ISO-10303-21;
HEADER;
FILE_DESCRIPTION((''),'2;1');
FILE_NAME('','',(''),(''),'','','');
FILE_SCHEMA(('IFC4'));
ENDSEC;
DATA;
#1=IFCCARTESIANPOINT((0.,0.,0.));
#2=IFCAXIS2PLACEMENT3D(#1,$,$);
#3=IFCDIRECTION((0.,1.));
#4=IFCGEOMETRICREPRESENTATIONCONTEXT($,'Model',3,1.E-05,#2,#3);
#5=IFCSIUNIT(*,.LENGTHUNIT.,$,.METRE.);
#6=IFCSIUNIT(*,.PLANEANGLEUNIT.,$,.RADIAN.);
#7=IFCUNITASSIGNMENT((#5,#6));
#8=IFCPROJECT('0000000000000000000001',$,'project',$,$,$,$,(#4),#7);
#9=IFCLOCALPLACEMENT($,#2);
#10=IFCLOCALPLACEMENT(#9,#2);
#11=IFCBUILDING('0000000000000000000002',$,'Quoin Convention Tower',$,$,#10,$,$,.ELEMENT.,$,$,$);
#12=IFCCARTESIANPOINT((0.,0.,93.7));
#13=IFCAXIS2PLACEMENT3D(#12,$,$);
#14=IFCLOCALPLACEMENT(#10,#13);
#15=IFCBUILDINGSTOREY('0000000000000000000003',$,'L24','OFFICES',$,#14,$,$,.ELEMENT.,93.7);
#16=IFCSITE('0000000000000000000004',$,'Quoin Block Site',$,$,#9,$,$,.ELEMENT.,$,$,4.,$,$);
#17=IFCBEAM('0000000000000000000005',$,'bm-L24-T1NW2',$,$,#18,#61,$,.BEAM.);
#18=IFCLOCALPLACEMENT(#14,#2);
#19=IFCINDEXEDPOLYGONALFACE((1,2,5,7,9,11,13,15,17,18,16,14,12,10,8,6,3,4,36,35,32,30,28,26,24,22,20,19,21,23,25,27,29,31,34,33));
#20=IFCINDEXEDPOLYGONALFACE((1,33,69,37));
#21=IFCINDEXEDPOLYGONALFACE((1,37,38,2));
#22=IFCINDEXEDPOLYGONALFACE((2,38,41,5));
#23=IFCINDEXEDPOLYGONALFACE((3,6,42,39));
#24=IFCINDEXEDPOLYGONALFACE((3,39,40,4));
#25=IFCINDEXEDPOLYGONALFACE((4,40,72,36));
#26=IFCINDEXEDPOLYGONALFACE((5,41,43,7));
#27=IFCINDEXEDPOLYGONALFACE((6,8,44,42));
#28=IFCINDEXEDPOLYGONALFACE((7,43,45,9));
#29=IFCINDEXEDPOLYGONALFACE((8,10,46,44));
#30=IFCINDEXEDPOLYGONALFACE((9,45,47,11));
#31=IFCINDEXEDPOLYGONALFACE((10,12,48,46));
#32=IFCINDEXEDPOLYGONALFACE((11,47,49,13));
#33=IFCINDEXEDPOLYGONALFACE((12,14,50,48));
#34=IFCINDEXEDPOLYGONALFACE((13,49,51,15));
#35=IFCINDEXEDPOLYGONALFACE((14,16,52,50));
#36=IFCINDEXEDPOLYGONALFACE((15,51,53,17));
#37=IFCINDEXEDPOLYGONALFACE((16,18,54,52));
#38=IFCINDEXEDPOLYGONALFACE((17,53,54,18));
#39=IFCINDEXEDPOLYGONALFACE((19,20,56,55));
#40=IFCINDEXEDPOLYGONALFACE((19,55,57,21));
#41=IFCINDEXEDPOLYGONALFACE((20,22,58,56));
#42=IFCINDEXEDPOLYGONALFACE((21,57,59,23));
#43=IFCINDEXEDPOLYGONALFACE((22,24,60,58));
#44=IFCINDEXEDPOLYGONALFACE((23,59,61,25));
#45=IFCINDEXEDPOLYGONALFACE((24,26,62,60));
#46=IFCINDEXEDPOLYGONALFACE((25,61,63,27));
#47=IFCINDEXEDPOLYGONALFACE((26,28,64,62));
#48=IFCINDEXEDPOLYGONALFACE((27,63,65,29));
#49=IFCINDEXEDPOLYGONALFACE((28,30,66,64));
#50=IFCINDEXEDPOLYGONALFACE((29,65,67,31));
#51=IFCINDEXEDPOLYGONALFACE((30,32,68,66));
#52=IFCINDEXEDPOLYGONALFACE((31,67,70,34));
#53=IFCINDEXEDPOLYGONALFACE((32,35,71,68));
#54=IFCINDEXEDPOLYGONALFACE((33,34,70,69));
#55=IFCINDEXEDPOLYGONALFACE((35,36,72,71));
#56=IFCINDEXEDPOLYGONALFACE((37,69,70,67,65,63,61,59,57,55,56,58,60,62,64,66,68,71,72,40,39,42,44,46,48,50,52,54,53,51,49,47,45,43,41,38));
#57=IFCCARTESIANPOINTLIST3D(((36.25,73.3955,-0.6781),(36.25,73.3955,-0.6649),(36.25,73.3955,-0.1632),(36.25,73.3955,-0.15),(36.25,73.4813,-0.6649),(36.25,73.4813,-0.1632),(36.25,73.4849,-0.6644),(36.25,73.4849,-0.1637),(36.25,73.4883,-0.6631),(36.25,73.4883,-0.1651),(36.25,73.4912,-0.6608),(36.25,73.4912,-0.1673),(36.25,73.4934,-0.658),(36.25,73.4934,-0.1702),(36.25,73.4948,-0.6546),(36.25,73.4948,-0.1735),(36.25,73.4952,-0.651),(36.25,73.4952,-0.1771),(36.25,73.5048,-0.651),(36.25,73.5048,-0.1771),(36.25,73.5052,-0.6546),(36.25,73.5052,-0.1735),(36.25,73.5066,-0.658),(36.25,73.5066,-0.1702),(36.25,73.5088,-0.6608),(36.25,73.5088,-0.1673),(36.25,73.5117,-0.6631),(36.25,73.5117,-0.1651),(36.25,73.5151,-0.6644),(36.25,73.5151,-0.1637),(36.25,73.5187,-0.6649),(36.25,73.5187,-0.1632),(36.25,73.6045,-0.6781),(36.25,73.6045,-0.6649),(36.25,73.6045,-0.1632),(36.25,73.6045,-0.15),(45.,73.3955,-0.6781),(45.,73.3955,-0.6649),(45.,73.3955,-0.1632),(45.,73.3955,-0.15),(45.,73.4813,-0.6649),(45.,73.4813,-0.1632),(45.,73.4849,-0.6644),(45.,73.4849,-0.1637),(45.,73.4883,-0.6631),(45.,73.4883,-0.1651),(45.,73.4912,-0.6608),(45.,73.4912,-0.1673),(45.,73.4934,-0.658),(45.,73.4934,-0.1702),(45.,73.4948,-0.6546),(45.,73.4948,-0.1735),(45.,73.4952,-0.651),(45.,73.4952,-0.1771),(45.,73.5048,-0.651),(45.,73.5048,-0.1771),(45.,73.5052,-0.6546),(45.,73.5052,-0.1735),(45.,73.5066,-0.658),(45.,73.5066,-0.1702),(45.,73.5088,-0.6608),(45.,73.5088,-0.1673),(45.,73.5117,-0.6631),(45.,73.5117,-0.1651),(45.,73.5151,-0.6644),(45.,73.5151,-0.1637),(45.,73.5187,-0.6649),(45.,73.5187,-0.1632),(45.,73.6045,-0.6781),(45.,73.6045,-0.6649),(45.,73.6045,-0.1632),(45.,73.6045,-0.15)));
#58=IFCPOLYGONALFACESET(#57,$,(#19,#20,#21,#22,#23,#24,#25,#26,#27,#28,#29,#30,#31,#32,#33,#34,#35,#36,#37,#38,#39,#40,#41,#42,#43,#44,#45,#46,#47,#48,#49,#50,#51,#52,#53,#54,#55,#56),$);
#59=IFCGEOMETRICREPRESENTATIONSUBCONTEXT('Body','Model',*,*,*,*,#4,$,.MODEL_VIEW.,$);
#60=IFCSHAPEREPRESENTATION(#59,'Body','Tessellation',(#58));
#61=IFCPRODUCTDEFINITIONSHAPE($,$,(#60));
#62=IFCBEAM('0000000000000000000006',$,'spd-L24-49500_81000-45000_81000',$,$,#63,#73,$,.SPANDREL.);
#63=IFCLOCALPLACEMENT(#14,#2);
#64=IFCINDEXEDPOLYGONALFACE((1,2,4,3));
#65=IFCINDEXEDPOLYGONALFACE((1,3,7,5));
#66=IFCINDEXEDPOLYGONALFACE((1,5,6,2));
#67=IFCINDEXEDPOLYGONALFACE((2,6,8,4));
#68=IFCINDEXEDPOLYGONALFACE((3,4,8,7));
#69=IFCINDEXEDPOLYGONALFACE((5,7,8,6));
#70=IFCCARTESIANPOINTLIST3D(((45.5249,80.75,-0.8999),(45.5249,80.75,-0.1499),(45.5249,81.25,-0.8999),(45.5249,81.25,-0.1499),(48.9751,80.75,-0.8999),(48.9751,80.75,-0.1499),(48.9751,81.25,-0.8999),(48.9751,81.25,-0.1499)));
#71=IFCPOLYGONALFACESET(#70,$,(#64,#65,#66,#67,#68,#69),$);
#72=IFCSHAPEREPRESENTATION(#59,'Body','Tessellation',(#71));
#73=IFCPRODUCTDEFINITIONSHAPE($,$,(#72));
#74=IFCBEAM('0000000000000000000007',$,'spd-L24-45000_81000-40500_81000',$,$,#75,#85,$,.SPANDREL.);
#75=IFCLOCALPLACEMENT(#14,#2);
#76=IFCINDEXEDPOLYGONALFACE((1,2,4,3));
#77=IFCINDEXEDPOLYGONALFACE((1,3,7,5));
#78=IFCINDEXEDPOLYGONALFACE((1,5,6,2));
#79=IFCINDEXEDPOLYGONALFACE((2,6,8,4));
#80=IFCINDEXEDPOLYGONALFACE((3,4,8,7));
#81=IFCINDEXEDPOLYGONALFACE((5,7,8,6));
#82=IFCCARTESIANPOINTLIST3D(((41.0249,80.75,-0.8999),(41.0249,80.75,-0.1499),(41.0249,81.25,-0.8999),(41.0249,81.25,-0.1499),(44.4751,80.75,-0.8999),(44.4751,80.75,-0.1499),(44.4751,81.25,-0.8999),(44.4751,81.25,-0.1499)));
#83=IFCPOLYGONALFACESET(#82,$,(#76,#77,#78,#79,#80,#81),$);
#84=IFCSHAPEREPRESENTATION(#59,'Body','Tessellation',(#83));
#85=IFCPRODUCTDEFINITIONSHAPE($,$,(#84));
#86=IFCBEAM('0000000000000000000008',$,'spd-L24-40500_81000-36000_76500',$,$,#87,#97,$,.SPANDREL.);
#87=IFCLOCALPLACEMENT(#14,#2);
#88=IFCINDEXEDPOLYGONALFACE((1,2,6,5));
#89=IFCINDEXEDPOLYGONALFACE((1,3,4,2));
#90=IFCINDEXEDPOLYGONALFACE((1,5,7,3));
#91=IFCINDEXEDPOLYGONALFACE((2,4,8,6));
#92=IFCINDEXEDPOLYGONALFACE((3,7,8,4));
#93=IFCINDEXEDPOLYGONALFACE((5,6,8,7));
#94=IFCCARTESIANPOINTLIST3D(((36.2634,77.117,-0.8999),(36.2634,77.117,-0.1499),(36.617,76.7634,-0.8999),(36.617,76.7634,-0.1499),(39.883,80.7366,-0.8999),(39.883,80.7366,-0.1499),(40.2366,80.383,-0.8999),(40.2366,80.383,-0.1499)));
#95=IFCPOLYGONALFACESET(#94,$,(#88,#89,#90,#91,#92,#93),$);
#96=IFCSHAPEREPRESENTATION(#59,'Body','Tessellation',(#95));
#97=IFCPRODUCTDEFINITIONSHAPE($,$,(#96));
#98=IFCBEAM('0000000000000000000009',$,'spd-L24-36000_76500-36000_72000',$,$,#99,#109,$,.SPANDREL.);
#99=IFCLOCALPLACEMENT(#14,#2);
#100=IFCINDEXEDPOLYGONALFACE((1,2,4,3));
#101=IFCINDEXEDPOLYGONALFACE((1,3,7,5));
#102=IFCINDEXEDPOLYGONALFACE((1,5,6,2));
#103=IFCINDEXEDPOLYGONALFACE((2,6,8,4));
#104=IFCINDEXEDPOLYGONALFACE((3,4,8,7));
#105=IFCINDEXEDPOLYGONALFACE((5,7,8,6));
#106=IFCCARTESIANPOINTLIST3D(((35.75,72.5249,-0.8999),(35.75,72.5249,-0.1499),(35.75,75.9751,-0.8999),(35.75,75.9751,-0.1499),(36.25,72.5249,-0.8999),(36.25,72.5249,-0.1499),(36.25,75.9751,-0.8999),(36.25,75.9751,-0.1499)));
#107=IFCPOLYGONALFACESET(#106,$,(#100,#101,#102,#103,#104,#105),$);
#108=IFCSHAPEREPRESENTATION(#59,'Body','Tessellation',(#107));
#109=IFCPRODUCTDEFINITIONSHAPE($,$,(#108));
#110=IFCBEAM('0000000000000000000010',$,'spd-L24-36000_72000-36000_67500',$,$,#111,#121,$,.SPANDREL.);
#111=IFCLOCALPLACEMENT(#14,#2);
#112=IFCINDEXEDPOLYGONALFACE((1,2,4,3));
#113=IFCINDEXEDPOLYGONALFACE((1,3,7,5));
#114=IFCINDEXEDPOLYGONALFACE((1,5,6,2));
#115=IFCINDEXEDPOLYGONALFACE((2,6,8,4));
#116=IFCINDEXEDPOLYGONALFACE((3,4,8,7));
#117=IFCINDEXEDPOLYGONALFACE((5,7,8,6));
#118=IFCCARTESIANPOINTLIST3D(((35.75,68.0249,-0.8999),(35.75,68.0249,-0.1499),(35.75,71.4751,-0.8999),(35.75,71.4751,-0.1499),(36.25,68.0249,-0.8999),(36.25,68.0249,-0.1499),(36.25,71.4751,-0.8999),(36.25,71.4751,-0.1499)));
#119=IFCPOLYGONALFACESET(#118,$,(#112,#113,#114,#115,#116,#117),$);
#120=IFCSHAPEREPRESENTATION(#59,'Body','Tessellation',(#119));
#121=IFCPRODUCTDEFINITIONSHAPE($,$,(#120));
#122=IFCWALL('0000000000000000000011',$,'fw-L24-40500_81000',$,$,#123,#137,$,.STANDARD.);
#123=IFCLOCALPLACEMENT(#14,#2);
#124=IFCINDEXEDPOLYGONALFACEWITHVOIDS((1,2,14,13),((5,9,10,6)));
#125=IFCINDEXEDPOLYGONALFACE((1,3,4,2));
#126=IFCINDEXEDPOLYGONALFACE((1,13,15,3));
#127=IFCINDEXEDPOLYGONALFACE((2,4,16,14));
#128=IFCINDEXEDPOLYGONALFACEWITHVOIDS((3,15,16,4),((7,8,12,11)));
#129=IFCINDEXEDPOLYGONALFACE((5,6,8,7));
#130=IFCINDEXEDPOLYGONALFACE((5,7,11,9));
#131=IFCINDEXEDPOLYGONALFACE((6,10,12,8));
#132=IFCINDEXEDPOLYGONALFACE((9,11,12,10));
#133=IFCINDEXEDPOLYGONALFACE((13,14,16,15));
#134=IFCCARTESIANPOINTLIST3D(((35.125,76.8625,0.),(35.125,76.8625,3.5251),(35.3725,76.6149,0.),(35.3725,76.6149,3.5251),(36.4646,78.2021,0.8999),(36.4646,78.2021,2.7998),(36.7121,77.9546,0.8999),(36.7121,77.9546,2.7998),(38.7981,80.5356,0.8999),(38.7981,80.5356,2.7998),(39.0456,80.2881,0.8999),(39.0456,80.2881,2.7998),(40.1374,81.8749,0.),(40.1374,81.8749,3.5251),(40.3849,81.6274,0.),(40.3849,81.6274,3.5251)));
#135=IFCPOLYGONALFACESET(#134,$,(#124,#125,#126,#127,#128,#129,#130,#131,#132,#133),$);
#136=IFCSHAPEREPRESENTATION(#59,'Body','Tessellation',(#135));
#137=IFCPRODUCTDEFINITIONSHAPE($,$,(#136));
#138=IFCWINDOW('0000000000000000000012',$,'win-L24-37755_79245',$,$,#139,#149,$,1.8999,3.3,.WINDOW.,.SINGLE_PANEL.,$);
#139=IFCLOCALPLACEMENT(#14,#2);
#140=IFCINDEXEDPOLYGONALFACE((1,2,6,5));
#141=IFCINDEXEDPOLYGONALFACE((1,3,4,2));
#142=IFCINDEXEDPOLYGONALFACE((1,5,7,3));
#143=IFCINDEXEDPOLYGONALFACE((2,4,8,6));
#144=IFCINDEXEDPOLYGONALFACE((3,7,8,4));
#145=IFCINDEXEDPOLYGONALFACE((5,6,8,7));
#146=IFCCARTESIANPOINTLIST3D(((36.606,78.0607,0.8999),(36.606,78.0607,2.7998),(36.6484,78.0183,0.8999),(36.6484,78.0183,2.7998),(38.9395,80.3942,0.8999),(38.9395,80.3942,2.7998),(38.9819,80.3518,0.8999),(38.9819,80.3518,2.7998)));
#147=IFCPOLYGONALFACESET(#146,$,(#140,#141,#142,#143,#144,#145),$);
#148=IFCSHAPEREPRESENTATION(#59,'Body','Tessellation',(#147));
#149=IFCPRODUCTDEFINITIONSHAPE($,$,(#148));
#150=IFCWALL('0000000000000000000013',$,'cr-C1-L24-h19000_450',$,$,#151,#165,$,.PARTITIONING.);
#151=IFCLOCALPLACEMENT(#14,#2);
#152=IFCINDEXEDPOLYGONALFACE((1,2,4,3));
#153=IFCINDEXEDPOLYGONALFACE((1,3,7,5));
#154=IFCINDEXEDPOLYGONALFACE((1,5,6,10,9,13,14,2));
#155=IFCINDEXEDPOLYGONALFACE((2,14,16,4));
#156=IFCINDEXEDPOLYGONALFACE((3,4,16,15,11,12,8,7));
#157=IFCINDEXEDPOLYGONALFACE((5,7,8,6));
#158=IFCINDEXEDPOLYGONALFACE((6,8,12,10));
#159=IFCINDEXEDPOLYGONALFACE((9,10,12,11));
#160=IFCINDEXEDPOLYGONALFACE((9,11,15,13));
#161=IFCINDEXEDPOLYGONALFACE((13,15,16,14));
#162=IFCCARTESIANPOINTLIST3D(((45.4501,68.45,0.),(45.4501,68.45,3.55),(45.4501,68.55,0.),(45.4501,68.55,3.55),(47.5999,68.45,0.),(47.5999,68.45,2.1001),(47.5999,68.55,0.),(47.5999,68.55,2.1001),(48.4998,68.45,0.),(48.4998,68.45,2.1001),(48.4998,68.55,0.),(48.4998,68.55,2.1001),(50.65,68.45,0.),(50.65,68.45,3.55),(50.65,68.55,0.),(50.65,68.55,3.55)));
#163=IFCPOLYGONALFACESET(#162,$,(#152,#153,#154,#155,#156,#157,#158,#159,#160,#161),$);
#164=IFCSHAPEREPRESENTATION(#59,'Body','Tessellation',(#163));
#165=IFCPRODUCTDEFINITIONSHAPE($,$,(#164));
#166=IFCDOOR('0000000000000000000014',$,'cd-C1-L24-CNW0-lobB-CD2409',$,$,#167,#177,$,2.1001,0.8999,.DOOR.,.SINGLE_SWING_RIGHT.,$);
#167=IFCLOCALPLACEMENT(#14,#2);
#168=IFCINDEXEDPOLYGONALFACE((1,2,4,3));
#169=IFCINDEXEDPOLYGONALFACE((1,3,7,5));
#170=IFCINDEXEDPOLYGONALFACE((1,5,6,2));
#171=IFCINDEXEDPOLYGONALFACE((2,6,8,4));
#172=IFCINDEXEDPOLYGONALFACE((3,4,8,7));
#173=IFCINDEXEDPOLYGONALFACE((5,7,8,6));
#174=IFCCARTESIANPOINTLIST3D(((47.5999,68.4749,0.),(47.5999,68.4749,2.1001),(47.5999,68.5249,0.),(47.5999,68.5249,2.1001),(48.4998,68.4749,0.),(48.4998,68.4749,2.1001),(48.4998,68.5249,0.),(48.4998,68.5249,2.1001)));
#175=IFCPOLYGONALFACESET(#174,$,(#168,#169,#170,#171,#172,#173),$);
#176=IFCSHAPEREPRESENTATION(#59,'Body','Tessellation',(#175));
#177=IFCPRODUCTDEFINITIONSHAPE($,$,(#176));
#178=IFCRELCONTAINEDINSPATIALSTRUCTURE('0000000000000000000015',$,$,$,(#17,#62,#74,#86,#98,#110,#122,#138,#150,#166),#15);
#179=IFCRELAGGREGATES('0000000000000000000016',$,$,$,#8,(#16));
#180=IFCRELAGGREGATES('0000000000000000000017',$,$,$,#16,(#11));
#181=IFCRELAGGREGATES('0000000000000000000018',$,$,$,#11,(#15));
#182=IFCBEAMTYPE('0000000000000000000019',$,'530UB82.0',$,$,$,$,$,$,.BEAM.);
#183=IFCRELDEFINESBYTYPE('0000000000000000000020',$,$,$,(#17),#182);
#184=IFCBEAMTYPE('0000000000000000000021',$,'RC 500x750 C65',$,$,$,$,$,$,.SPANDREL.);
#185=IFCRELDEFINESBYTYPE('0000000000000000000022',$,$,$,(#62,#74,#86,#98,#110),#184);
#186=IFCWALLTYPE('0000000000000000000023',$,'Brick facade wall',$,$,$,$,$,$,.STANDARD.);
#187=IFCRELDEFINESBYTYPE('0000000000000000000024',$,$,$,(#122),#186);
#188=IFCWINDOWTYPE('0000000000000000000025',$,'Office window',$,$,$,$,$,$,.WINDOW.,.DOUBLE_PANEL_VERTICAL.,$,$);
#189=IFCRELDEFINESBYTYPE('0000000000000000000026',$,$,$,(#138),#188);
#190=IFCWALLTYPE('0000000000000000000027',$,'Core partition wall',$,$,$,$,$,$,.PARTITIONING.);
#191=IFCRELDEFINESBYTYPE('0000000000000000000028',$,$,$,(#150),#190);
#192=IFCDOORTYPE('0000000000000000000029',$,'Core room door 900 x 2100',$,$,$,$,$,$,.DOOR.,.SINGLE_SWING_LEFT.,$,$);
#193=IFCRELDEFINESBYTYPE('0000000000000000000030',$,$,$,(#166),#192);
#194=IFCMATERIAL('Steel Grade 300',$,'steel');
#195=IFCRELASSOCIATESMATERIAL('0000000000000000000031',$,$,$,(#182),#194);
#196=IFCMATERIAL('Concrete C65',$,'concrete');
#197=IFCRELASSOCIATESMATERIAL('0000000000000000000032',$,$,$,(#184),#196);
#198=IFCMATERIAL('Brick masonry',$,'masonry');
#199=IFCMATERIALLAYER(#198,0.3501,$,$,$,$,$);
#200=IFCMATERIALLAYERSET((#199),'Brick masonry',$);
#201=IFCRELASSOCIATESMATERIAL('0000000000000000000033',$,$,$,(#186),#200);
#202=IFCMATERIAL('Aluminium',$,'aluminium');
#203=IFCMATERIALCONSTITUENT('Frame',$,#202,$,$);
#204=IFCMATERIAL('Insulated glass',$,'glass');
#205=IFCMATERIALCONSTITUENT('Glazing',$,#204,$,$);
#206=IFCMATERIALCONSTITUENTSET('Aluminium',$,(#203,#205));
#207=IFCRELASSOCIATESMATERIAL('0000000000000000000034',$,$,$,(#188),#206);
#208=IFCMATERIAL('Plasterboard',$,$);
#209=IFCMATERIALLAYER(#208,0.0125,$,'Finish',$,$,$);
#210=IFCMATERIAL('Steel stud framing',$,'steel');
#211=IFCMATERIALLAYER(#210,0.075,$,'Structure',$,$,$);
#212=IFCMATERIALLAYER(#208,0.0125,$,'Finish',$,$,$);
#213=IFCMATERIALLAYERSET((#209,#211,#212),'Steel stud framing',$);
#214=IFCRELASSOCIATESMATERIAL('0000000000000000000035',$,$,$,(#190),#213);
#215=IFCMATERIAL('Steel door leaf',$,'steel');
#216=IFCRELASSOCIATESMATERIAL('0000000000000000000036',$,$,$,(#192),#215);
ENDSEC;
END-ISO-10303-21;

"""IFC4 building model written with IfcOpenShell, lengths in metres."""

from ifc_helpers import new_model, si_unit, direction, frame, frame_2d, origin, origin_2d, place, context, subcontext, project, spatial, rectangle, i_section, extrude, material, layer, layer_set, constituent, constituent_set, material_profile, profile_set, type_object, element, fill, save


model = new_model("IFC4")

# Units and contexts
model_context = context("Model", 3, precision=1e-05, world=origin(), true_north=direction((0.0, 1.0)))
body_context = subcontext(model_context, "Body", "Model", "MODEL_VIEW")
ifc_project = project(units=[si_unit("LENGTHUNIT", "METRE"), si_unit("PLANEANGLEUNIT", "RADIAN")], contexts=[model_context])

# Site, building, storey
site_placement = place(None, origin())
site = spatial("IfcSite", under=ifc_project, at=site_placement, Name="Quoin Block Site", CompositionType="ELEMENT", RefElevation=4.0)
building_placement = place(site_placement, origin())
building = spatial("IfcBuilding", under=site, at=building_placement, Name="Quoin Convention Tower", CompositionType="ELEMENT")
storey_placement = place(building_placement, frame((0.0, 0.0, 93.7)))
storey = spatial("IfcBuildingStorey", under=building, at=storey_placement, Name="L24", Description="OFFICES", CompositionType="ELEMENT", Elevation=93.7)

# Shared definitions
ifc_material_1 = material(Name="Concrete C65", Category="concrete")

# Beams
ifc_material_2 = material(Name="Steel Grade 300", Category="steel")
ifc_material_profile_1 = material_profile(ifc_material_2, i_section(OverallWidth=0.209, OverallDepth=0.5281, WebThickness=0.0095, FlangeThickness=0.0132, FilletRadius=0.0139, at=origin_2d()), Name="530UB82.0")
ifc_profile_set_1 = profile_set([ifc_material_profile_1], Name="Steel Grade 300")
beam_type_1 = type_object("IfcBeamType", Name="530UB82.0", PredefinedType="BEAM", material=ifc_profile_set_1)
beam_1_placement = place(storey_placement, frame((36.25, 73.5, -0.4141), z_axis=(1.0, 0.0, 0.0), x_axis=(0.0, 1.0, 0.0)))
element("IfcBeam", 1, at=beam_1_placement, inside=storey, type_object=beam_type_1, Name="bm-L24-T1NW2", PredefinedType="BEAM", context=body_context, shape_type="SweptSolid", body=[
    extrude(i_section(OverallWidth=0.209, OverallDepth=0.5281, WebThickness=0.0095, FlangeThickness=0.0132, FilletRadius=0.0139, at=origin_2d()), origin(), (0.0, 0.0, 1.0), 8.75),
])
ifc_material_profile_2 = material_profile(ifc_material_1, rectangle(XDim=0.5, YDim=0.75, at=origin_2d()), Name="RC 500x750")
ifc_profile_set_2 = profile_set([ifc_material_profile_2], Name="Concrete C65")
beam_type_2 = type_object("IfcBeamType", Name="RC 500x750 C65", PredefinedType="SPANDREL", material=ifc_profile_set_2)
for number, where, z_axis, x_axis, name in (
    (2, (48.9751, 81.0, -0.5249), (-1.0, 0.0, 0.0), (0.0, -1.0, 0.0), "spd-L24-49500_81000-45000_81000"),
    (3, (44.4751, 81.0, -0.5249), (-1.0, 0.0, 0.0), (0.0, -1.0, 0.0), "spd-L24-45000_81000-40500_81000"),
):
    element("IfcBeam", number, at=place(storey_placement, frame(where, z_axis=z_axis, x_axis=x_axis)), inside=storey, type_object=beam_type_2, Name=name, PredefinedType="SPANDREL", context=body_context, shape_type="SweptSolid", body=[
        extrude(rectangle(XDim=0.5, YDim=0.75, at=origin_2d()), origin(), (0.0, 0.0, 1.0), 3.4502),
    ])
beam_2_placement = place(storey_placement, frame((40.0598, 80.5598, -0.5249), z_axis=(-0.707107, -0.707107, 0.0), x_axis=(0.707107, -0.707107, 0.0)))
element("IfcBeam", 4, at=beam_2_placement, inside=storey, type_object=beam_type_2, Name="spd-L24-40500_81000-36000_76500", PredefinedType="SPANDREL", context=body_context, shape_type="SweptSolid", body=[
    extrude(rectangle(XDim=0.5, YDim=0.75, at=origin_2d()), origin(), (0.0, 0.0, 1.0), 5.1189),
])
for number, where, z_axis, x_axis, name in (
    (5, (36.0, 75.9751, -0.5249), (0.0, -1.0, 0.0), (1.0, 0.0, 0.0), "spd-L24-36000_76500-36000_72000"),
    (6, (36.0, 71.4751, -0.5249), (0.0, -1.0, 0.0), (1.0, 0.0, 0.0), "spd-L24-36000_72000-36000_67500"),
):
    element("IfcBeam", number, at=place(storey_placement, frame(where, z_axis=z_axis, x_axis=x_axis)), inside=storey, type_object=beam_type_2, Name=name, PredefinedType="SPANDREL", context=body_context, shape_type="SweptSolid", body=[
        extrude(rectangle(XDim=0.5, YDim=0.75, at=origin_2d()), origin(), (0.0, 0.0, 1.0), 3.4502),
    ])

# Wall, opening, window
ifc_material_3 = material(Name="Brick masonry", Category="masonry")
ifc_layer_1 = layer(ifc_material_3, 0.3501)
ifc_layer_set_1 = layer_set([ifc_layer_1], Name="Brick masonry")
wall_type_1 = type_object("IfcWallType", Name="Brick facade wall", PredefinedType="STANDARD", material=ifc_layer_set_1)
wall_1_placement = place(storey_placement, frame((40.2612, 81.7512, 0.0), z_axis=(0.0, 0.0, 1.0), x_axis=(-0.707107, -0.707107, 0.0)))
wall_1 = element("IfcWall", 7, at=wall_1_placement, inside=storey, type_object=wall_type_1, Name="fw-L24-40500_81000", PredefinedType="STANDARD", context=body_context, shape_type="SweptSolid", body=[
    extrude(rectangle(XDim=7.0886, YDim=0.3501, at=frame_2d((3.5444, 0.0))), origin(), (0.0, 0.0, 1.0), 3.5251),
])
opening_1_placement = place(wall_1_placement, frame((1.8943, 0.0, 0.8999)))
opening_1 = element("IfcOpeningElement", 8, at=opening_1_placement, cuts=wall_1, PredefinedType="OPENING", context=body_context, shape_type="SweptSolid", body=[
    extrude(rectangle(XDim=3.3, YDim=1.8999, at=frame_2d((1.6499, 0.95))), frame((0.0, 0.1851, 0.0), z_axis=(0.0, -1.0, 0.0), x_axis=(1.0, 0.0, 0.0)), (0.0, 0.0, 1.0), 0.3701),
])
ifc_material_4 = material(Name="Aluminium", Category="aluminium")
ifc_constituent_1 = constituent(ifc_material_4, Name="Frame")
ifc_material_5 = material(Name="Insulated glass", Category="glass")
ifc_constituent_2 = constituent(ifc_material_5, Name="Glazing")
ifc_constituent_set = constituent_set(constituents=[ifc_constituent_1, ifc_constituent_2], Name="Aluminium")
window_type = type_object("IfcWindowType", Name="Office window", PartitioningType="DOUBLE_PANEL_VERTICAL", PredefinedType="WINDOW", material=ifc_constituent_set)
window_placement = place(opening_1_placement, origin())
window = element("IfcWindow", 9, at=window_placement, inside=storey, type_object=window_type, Name="win-L24-37755_79245", OverallHeight=1.8999, OverallWidth=3.3, PartitioningType="SINGLE_PANEL", PredefinedType="WINDOW", context=body_context, shape_type="SweptSolid", body=[
    extrude(rectangle(XDim=3.3, YDim=1.8999, at=frame_2d((1.6499, 0.95))), frame((0.0, 0.085, 0.0), z_axis=(0.0, -1.0, 0.0), x_axis=(1.0, 0.0, 0.0)), (0.0, 0.0, 1.0), 0.0601),
])
fill(opening_1, window)

# Wall, opening, door
ifc_material_6 = material(Name="Plasterboard")
ifc_layer_2 = layer(ifc_material_6, 0.0125, Name="Finish")
ifc_material_7 = material(Name="Steel stud framing", Category="steel")
ifc_layer_3 = layer(ifc_material_7, 0.075, Name="Structure")
ifc_layer_4 = layer(ifc_material_6, 0.0125, Name="Finish")
ifc_layer_set_2 = layer_set([ifc_layer_2, ifc_layer_3, ifc_layer_4], Name="Steel stud framing")
wall_type_2 = type_object("IfcWallType", Name="Core partition wall", PredefinedType="PARTITIONING", material=ifc_layer_set_2)
wall_2_placement = place(storey_placement, frame((45.45, 68.5, 0.0), z_axis=(0.0, 0.0, 1.0), x_axis=(1.0, 0.0, 0.0)))
wall_2 = element("IfcWall", 10, at=wall_2_placement, inside=storey, type_object=wall_type_2, Name="cr-C1-L24-h19000_450", PredefinedType="PARTITIONING", context=body_context, shape_type="SweptSolid", body=[
    extrude(rectangle(XDim=5.2, YDim=0.1001, at=frame_2d((2.6001, 0.0))), origin(), (0.0, 0.0, 1.0), 3.55),
])
opening_2_placement = place(wall_2_placement, frame((2.1499, 0.0, 0.0)))
opening_2 = element("IfcOpeningElement", 11, at=opening_2_placement, cuts=wall_2, PredefinedType="OPENING", context=body_context, shape_type="SweptSolid", body=[
    extrude(rectangle(XDim=0.8999, YDim=2.1001, at=frame_2d((0.45, 1.05))), frame((0.0, 0.0601, 0.0), z_axis=(0.0, -1.0, 0.0), x_axis=(1.0, 0.0, 0.0)), (0.0, 0.0, 1.0), 0.1201),
])
ifc_material_8 = material(Name="Steel door leaf", Category="steel")
door_type_1 = type_object("IfcDoorType", Name="Core room door 900 x 2100", OperationType="SINGLE_SWING_LEFT", PredefinedType="DOOR", material=ifc_material_8)
door_1_placement = place(opening_2_placement, origin())
door_1 = element("IfcDoor", 12, at=door_1_placement, inside=storey, type_object=door_type_1, Name="cd-C1-L24-CNW0-lobB-CD2409", OperationType="SINGLE_SWING_RIGHT", OverallHeight=2.1001, OverallWidth=0.8999, PredefinedType="DOOR", context=body_context, shape_type="SweptSolid", body=[
    extrude(rectangle(XDim=0.8999, YDim=2.1001, at=frame_2d((0.45, 1.05))), frame((0.0, 0.0249, 0.0), z_axis=(0.0, -1.0, 0.0), x_axis=(1.0, 0.0, 0.0)), (0.0, 0.0, 1.0), 0.05),
])
fill(opening_2, door_1)

save(model, "model.ifc")
